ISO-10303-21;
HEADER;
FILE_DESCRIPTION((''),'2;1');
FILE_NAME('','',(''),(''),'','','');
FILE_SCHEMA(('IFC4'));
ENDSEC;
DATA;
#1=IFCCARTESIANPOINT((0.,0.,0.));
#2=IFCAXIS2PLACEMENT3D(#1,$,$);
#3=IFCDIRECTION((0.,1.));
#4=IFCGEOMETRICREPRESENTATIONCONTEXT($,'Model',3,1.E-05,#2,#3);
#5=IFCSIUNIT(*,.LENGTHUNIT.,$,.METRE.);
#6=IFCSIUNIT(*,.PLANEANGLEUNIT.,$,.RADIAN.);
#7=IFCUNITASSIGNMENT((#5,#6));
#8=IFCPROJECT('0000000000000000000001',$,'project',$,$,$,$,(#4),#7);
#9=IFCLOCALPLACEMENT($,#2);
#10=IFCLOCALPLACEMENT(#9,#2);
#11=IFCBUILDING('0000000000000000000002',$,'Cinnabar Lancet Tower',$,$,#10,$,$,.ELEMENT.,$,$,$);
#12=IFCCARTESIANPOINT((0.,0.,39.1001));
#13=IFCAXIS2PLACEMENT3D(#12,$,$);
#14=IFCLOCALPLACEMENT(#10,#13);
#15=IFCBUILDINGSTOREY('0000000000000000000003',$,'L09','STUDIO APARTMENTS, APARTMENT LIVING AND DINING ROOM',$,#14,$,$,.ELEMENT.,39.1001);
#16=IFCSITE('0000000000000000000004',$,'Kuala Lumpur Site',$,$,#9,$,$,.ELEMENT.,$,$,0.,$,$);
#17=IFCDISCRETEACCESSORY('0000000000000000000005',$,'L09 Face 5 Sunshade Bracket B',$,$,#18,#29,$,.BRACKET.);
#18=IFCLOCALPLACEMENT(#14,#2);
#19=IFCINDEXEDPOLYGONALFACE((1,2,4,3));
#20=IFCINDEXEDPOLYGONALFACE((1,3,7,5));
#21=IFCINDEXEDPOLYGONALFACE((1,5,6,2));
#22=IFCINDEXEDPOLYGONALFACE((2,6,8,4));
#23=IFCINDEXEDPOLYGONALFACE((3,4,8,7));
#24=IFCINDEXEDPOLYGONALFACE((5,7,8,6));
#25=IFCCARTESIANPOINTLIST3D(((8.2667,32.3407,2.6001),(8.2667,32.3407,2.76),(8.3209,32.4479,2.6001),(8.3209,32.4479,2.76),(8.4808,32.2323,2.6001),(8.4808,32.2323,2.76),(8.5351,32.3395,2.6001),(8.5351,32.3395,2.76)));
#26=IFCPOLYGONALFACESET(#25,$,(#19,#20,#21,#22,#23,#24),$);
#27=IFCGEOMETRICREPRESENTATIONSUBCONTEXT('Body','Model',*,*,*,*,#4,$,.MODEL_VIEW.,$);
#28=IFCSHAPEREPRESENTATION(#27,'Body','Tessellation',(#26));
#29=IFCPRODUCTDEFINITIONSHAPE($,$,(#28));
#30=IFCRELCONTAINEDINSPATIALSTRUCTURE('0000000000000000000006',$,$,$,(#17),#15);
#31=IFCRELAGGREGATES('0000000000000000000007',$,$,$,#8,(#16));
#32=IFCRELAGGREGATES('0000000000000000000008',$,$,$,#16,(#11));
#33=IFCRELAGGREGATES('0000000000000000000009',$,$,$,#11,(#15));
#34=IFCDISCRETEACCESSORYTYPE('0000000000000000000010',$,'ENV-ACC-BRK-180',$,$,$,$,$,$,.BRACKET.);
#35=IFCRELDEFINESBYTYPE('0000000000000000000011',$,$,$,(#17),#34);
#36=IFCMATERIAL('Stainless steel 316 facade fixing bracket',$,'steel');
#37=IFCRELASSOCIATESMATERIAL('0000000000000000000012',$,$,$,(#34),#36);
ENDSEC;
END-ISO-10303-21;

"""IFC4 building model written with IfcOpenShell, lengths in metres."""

from ifc_helpers import new_model, si_unit, direction, frame, origin, origin_2d, place, context, subcontext, project, spatial, rectangle, extrude, material, type_object, element, save


model = new_model("IFC4")

# Units and contexts
model_context = context("Model", 3, precision=1e-05, world=origin(), true_north=direction((0.0, 1.0)))
body_context = subcontext(model_context, "Body", "Model", "MODEL_VIEW")
ifc_project = project(units=[si_unit("LENGTHUNIT", "METRE"), si_unit("PLANEANGLEUNIT", "RADIAN")], contexts=[model_context])

# Site, building, storey
site_placement = place(None, origin())
site = spatial("IfcSite", under=ifc_project, at=site_placement, Name="Kuala Lumpur Site", CompositionType="ELEMENT", RefElevation=0.0)
building_placement = place(site_placement, origin())
building = spatial("IfcBuilding", under=site, at=building_placement, Name="Cinnabar Lancet Tower", CompositionType="ELEMENT")
storey_placement = place(building_placement, frame((0.0, 0.0, 39.1001)))
storey = spatial("IfcBuildingStorey", under=building, at=storey_placement, Name="L09", Description="STUDIO APARTMENTS, APARTMENT LIVING AND DINING ROOM", CompositionType="ELEMENT", Elevation=39.1001)

# Discrete accessory
ifc_material_1 = material(Name="Stainless steel 316 facade fixing bracket", Category="steel")
discrete_accessory_type = type_object("IfcDiscreteAccessoryType", Name="ENV-ACC-BRK-180", PredefinedType="BRACKET", material=ifc_material_1)
discrete_accessory_placement = place(storey_placement, frame((8.4009, 32.3401, 2.6001), z_axis=(0.0, 0.0, 1.0), x_axis=(-0.451501, -0.892271, 0.0)))
element("IfcDiscreteAccessory", 1, at=discrete_accessory_placement, inside=storey, type_object=discrete_accessory_type, Name="L09 Face 5 Sunshade Bracket B", PredefinedType="BRACKET", context=body_context, shape_type="SweptSolid", body=[
    extrude(rectangle(XDim=0.1201, YDim=0.24, at=origin_2d()), origin(), (0.0, 0.0, 1.0), 0.1599),
])

save(model, "model.ifc")
